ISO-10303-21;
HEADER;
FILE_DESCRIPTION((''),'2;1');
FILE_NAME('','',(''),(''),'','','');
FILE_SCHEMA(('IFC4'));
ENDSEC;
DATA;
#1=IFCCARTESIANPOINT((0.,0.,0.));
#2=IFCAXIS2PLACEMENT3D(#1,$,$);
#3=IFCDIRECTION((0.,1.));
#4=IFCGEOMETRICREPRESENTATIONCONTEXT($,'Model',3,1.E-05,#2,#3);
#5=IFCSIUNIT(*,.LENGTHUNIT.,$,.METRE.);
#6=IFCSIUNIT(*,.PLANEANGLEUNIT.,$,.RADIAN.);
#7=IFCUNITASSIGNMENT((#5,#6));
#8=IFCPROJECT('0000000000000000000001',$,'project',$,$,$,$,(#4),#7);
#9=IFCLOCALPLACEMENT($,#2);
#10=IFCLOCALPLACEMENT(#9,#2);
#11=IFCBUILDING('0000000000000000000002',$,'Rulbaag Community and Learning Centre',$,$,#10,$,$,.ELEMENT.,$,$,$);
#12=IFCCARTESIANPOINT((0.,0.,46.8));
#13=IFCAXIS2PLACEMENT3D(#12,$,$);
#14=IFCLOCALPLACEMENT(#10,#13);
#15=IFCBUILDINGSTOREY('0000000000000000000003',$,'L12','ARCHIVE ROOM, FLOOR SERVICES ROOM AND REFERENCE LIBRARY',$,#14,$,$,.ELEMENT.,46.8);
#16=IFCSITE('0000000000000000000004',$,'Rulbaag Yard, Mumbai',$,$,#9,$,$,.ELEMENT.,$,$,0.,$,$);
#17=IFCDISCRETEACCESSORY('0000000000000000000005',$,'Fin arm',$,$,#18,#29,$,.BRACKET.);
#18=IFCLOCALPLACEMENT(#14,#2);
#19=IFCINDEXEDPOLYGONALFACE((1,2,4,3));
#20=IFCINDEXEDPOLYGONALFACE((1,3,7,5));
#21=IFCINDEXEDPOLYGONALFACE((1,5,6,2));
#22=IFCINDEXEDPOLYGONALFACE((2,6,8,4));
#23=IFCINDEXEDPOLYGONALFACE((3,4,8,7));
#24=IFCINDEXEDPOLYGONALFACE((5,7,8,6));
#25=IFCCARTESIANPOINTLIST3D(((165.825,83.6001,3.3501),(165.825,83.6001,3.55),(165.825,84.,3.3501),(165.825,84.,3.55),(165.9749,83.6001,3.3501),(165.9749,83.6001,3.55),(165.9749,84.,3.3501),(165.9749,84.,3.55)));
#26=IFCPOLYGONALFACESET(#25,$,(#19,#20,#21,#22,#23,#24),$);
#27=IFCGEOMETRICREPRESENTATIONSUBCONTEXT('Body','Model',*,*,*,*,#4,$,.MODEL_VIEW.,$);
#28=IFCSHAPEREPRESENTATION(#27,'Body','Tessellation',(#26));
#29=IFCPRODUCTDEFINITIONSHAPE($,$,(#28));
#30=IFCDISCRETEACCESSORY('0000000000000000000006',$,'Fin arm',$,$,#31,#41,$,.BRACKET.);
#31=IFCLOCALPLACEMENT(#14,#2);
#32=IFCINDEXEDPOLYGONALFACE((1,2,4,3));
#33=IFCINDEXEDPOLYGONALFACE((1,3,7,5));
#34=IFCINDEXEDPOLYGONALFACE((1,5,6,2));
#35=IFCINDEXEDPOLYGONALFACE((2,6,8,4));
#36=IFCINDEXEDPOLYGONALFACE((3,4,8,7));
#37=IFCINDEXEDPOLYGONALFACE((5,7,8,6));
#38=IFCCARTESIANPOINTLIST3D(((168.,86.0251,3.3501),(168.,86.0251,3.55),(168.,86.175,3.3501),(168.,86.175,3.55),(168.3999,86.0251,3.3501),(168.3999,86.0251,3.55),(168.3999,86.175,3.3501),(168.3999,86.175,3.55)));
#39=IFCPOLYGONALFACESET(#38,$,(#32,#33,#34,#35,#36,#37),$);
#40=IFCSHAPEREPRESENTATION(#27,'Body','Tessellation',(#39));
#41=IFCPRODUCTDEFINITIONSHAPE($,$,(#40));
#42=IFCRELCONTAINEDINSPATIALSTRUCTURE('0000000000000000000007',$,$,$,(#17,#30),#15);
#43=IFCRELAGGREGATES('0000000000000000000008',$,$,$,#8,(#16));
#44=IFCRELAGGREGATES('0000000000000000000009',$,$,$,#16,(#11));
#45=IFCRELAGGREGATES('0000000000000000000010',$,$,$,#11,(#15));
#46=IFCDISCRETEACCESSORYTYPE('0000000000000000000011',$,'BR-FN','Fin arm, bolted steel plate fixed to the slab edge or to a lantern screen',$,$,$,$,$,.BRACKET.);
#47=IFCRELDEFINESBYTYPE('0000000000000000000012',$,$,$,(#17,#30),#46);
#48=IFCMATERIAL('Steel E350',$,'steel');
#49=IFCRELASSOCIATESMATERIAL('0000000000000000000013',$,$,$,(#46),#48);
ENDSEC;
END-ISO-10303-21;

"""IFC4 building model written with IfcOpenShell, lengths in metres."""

from ifc_helpers import new_model, si_unit, direction, frame, origin, origin_2d, place, context, subcontext, project, spatial, rectangle, extrude, material, type_object, element, save


model = new_model("IFC4")

# Units and contexts
model_context = context("Model", 3, precision=1e-05, world=origin(), true_north=direction((0.0, 1.0)))
body_context = subcontext(model_context, "Body", "Model", "MODEL_VIEW")
ifc_project = project(units=[si_unit("LENGTHUNIT", "METRE"), si_unit("PLANEANGLEUNIT", "RADIAN")], contexts=[model_context])

# Site, building, storey
site_placement = place(None, origin())
site = spatial("IfcSite", under=ifc_project, at=site_placement, Name="Rulbaag Yard, Mumbai", CompositionType="ELEMENT", RefElevation=0.0)
building_placement = place(site_placement, origin())
building = spatial("IfcBuilding", under=site, at=building_placement, Name="Rulbaag Community and Learning Centre", CompositionType="ELEMENT")
storey_placement = place(building_placement, frame((0.0, 0.0, 46.8)))
storey = spatial("IfcBuildingStorey", under=building, at=storey_placement, Name="L12", Description="ARCHIVE ROOM, FLOOR SERVICES ROOM AND REFERENCE LIBRARY", CompositionType="ELEMENT", Elevation=46.8)

# Discrete accessories
ifc_material_1 = material(Name="Steel E350", Category="steel")
discrete_accessory_type = type_object("IfcDiscreteAccessoryType", Name="BR-FN", Description="Fin arm, bolted steel plate fixed to the slab edge or to a lantern screen", PredefinedType="BRACKET", material=ifc_material_1)
discrete_accessory_1_placement = place(storey_placement, frame((165.8999, 83.8, 3.3501), z_axis=(0.0, 0.0, 1.0), x_axis=(1.0, 0.0, 0.0)))
element("IfcDiscreteAccessory", 1, at=discrete_accessory_1_placement, inside=storey, type_object=discrete_accessory_type, Name="Fin arm", PredefinedType="BRACKET", context=body_context, shape_type="SweptSolid", body=[
    extrude(rectangle(XDim=0.1499, YDim=0.3999, at=origin_2d()), origin(), (0.0, 0.0, 1.0), 0.2),
])
discrete_accessory_2_placement = place(storey_placement, frame((168.2, 86.1001, 3.3501), z_axis=(0.0, 0.0, 1.0), x_axis=(1.0, 0.0, 0.0)))
element("IfcDiscreteAccessory", 2, at=discrete_accessory_2_placement, inside=storey, type_object=discrete_accessory_type, Name="Fin arm", PredefinedType="BRACKET", context=body_context, shape_type="SweptSolid", body=[
    extrude(rectangle(XDim=0.3999, YDim=0.1499, at=origin_2d()), origin(), (0.0, 0.0, 1.0), 0.2),
])

save(model, "model.ifc")
